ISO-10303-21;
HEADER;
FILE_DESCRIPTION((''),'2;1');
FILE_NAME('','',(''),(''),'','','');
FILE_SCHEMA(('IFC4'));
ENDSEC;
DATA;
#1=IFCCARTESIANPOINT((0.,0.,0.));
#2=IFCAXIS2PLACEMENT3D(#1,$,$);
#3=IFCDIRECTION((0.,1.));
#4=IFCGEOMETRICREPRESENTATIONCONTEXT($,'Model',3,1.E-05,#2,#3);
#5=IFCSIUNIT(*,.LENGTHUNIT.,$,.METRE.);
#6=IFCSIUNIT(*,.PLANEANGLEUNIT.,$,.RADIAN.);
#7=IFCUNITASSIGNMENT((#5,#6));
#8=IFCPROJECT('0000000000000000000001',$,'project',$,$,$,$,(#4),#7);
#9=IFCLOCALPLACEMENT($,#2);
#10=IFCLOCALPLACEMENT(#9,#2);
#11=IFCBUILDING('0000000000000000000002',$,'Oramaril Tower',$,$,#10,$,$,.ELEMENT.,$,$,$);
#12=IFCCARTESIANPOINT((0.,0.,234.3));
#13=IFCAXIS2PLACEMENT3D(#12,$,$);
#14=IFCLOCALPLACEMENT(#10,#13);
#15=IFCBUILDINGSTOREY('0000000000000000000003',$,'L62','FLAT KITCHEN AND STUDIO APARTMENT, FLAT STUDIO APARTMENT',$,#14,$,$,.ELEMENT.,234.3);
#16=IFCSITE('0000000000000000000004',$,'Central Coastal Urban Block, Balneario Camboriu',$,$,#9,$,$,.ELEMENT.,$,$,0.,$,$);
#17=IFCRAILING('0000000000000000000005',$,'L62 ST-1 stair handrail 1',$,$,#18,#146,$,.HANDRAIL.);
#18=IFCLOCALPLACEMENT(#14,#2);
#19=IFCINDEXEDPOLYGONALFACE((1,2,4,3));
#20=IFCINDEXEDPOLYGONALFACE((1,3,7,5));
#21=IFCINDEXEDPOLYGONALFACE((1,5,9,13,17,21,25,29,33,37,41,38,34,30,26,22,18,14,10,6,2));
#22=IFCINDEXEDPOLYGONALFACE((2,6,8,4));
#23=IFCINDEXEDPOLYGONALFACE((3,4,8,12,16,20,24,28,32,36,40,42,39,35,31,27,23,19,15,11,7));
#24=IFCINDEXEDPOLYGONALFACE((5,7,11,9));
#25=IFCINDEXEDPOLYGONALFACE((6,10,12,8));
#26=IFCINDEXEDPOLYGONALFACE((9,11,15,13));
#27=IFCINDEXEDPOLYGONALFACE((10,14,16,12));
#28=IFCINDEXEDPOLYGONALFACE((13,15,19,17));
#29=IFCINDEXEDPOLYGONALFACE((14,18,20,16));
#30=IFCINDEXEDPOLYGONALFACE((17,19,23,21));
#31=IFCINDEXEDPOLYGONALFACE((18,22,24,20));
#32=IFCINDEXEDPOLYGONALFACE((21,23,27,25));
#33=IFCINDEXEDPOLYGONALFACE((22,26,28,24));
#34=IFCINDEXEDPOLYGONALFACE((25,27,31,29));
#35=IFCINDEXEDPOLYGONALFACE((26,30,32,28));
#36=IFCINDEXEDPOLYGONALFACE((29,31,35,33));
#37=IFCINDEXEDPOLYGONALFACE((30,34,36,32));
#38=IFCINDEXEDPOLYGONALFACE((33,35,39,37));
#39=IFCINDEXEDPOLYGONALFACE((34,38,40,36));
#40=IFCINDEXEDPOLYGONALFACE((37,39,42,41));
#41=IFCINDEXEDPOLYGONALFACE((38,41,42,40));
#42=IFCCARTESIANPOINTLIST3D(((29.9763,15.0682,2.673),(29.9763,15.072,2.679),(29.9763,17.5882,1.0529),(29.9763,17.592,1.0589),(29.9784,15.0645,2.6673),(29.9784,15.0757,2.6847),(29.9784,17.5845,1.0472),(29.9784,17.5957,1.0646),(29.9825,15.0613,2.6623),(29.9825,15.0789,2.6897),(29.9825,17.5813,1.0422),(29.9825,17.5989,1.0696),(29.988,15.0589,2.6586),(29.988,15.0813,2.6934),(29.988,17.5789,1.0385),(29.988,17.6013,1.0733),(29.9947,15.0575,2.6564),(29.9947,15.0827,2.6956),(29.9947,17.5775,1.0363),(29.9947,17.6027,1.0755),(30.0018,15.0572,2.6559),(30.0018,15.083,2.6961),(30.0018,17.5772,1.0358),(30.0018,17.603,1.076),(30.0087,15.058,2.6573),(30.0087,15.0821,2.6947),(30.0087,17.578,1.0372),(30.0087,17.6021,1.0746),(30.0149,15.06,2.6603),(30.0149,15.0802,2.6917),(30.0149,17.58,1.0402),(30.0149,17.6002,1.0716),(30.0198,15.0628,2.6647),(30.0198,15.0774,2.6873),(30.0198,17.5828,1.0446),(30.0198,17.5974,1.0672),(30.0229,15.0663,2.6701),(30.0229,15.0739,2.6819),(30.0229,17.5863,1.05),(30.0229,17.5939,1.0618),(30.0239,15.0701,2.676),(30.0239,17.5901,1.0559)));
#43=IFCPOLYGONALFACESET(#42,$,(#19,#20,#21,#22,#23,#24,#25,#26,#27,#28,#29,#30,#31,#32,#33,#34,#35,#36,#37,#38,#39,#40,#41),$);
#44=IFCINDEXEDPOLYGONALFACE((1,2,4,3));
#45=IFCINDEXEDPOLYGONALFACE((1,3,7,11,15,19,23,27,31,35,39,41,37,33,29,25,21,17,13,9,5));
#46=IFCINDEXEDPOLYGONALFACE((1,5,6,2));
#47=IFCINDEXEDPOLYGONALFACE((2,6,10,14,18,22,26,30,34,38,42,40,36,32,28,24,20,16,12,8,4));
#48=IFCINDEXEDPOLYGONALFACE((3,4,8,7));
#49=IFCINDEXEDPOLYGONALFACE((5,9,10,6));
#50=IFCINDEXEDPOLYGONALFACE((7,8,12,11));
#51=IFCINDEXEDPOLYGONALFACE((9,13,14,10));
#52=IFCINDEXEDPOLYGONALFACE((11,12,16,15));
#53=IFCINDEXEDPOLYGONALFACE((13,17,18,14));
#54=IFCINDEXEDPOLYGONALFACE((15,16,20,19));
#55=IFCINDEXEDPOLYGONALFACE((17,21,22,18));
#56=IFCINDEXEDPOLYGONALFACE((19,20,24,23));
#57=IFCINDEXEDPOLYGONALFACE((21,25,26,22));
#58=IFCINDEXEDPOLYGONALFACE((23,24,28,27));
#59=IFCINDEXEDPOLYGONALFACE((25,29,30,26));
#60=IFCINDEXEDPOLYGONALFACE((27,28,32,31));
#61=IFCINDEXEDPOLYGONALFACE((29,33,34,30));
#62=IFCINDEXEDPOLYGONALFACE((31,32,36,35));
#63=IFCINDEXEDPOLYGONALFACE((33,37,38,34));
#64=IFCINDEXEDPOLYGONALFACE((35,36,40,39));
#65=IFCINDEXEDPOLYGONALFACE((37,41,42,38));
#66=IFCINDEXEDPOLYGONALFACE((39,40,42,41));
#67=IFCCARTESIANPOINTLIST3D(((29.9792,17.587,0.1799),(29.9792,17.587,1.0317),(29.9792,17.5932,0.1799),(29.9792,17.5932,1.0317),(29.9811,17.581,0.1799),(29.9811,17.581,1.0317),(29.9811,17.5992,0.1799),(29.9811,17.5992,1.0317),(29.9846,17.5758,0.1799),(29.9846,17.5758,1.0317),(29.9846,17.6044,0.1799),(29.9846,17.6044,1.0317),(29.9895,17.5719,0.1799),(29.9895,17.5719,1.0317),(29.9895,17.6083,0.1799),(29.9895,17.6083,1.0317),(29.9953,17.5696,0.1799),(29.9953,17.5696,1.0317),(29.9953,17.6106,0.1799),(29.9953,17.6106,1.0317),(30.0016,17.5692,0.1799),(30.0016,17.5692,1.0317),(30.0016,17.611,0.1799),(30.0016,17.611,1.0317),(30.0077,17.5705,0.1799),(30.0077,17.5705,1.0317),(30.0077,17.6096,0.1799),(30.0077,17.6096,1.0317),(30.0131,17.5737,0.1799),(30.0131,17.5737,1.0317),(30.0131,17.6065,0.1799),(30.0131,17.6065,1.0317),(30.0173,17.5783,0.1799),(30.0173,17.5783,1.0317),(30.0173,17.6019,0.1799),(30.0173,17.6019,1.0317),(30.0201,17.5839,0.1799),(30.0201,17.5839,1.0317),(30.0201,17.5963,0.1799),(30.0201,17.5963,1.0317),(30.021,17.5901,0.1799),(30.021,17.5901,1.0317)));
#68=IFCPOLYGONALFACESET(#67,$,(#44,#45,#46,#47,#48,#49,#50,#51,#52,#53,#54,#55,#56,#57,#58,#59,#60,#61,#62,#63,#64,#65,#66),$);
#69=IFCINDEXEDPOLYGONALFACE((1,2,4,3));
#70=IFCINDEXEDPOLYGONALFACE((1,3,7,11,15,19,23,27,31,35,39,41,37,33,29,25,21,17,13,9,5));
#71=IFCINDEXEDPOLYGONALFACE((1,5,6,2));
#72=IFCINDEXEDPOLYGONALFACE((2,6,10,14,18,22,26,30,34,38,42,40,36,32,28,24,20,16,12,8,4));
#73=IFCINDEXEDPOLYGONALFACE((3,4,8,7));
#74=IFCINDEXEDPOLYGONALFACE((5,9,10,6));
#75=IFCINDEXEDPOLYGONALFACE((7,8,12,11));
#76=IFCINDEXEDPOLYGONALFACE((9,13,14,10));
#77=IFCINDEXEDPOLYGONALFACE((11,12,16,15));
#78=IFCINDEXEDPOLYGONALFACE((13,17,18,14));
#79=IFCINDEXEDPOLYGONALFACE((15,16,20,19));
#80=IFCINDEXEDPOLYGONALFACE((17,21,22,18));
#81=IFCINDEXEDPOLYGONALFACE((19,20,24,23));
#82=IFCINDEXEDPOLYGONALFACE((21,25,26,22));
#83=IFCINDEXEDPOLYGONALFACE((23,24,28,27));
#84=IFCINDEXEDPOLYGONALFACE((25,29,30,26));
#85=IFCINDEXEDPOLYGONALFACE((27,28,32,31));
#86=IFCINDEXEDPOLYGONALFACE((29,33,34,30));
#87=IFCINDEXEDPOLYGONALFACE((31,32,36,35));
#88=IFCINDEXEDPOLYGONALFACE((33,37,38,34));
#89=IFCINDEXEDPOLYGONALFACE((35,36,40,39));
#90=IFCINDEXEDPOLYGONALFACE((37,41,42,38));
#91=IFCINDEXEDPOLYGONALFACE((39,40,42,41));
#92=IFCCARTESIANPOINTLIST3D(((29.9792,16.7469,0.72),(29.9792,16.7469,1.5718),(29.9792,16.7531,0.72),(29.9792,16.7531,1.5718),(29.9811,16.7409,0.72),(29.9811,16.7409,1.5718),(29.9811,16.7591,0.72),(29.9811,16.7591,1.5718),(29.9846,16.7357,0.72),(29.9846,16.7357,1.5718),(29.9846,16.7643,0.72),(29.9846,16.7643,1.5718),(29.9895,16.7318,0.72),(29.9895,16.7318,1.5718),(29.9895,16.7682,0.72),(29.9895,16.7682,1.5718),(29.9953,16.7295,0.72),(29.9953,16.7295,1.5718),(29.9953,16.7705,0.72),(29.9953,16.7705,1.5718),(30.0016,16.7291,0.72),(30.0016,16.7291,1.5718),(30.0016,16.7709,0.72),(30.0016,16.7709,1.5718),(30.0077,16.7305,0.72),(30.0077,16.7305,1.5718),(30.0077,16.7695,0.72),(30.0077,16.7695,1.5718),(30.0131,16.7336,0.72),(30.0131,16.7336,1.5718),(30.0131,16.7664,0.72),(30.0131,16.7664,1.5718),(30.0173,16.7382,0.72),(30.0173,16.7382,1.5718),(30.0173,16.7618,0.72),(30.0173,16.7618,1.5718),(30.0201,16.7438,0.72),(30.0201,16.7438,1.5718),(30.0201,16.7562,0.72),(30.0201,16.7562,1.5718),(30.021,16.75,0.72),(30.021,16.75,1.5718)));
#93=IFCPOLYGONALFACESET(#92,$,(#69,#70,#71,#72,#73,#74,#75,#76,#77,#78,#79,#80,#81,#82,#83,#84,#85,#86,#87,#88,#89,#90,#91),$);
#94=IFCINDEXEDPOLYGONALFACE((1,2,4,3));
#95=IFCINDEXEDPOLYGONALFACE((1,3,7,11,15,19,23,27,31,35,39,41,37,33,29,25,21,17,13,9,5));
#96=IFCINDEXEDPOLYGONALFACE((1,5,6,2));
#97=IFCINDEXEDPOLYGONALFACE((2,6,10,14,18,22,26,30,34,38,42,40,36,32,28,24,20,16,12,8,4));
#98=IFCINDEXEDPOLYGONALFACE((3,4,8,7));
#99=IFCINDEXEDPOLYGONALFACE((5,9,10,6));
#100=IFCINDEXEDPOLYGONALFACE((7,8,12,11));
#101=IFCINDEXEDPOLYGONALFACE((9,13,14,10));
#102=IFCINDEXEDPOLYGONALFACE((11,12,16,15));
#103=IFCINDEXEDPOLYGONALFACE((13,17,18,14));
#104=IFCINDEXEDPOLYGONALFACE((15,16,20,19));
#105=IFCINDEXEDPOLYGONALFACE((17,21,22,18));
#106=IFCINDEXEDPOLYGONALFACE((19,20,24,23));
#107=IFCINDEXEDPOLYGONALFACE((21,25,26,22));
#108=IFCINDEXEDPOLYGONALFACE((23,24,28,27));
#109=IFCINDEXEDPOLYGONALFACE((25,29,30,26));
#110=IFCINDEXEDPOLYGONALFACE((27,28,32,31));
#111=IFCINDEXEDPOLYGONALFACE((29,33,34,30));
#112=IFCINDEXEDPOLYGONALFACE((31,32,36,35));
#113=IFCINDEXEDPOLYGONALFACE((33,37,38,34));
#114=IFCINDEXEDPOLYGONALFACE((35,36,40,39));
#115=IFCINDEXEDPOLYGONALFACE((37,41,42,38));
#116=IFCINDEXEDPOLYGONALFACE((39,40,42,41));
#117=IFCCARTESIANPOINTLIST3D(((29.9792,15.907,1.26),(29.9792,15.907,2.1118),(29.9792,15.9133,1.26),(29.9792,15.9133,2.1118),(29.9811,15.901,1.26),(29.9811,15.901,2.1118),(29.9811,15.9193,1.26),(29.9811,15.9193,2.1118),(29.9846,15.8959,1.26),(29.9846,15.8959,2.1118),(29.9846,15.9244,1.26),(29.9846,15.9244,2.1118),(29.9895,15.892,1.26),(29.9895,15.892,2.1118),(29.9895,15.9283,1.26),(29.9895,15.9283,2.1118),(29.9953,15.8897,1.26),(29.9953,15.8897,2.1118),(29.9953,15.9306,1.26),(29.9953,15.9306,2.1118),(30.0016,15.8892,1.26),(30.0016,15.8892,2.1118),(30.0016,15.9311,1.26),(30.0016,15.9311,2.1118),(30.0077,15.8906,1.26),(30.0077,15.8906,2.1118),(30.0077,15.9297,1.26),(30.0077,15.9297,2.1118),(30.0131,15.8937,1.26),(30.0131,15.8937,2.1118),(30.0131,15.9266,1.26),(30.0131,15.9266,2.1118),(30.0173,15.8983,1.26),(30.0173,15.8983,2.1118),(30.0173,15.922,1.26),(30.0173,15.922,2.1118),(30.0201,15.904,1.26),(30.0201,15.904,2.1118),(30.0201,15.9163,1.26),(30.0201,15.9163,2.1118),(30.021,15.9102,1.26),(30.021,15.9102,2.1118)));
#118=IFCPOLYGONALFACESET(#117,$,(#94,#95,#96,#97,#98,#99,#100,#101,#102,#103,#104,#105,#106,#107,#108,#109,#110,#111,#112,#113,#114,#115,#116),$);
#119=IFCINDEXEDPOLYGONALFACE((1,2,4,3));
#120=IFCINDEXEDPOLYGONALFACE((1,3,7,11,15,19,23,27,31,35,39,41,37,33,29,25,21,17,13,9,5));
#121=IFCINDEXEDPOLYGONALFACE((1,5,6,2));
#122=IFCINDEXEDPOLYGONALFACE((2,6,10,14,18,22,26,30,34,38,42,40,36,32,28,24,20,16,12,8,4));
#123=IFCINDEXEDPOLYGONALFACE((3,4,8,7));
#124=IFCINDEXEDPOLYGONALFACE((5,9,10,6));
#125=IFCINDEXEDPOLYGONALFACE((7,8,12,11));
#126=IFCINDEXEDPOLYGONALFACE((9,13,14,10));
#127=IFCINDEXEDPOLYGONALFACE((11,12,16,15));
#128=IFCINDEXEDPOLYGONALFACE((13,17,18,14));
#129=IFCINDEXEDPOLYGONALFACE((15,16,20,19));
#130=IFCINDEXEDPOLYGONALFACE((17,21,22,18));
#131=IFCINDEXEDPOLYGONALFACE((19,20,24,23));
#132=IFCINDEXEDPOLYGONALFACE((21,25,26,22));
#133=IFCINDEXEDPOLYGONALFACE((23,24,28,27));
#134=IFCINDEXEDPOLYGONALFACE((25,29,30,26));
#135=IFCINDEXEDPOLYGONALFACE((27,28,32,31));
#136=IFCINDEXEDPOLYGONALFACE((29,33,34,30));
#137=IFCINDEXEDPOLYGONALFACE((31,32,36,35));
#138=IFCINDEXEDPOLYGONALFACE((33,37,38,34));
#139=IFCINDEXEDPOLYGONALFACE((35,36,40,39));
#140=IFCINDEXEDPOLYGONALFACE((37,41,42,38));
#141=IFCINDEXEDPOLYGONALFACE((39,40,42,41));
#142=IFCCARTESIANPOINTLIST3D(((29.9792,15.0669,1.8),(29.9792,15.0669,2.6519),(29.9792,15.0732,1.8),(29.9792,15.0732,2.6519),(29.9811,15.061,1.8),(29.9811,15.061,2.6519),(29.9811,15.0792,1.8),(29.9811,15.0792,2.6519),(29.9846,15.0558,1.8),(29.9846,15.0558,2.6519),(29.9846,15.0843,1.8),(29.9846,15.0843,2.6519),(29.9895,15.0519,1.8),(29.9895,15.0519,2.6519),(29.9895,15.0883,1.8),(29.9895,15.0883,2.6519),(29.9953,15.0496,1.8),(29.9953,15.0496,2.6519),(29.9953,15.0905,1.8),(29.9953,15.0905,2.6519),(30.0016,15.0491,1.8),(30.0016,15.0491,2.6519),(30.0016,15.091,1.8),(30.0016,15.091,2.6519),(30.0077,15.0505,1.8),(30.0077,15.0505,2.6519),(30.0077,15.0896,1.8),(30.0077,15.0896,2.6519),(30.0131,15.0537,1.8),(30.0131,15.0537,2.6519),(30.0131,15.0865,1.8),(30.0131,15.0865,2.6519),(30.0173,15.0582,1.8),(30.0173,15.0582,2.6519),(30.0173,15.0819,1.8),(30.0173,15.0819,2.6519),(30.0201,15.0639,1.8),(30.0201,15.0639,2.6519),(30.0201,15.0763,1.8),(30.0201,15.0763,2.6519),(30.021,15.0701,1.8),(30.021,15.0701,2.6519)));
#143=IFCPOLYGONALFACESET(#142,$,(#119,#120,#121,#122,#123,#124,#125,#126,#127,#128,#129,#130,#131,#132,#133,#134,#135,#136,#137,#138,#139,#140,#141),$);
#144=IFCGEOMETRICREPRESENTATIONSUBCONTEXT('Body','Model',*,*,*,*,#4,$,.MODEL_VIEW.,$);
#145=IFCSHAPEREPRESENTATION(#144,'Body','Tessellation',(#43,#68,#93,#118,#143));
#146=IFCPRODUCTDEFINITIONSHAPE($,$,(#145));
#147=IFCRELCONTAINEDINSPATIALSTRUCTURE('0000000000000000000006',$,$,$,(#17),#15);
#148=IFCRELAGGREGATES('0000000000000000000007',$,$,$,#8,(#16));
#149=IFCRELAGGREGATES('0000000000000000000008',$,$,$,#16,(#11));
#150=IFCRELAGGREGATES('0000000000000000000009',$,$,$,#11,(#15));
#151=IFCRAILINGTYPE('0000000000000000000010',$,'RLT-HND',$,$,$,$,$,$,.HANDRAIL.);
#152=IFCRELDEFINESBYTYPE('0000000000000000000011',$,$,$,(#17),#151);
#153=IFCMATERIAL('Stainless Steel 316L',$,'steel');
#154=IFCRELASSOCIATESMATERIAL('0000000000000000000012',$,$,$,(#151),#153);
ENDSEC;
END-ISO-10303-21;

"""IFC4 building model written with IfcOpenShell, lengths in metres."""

from ifc_helpers import new_model, si_unit, direction, frame, origin, origin_2d, place, context, subcontext, project, spatial, circle, extrude, material, type_object, element, save


model = new_model("IFC4")

# Units and contexts
model_context = context("Model", 3, precision=1e-05, world=origin(), true_north=direction((0.0, 1.0)))
body_context = subcontext(model_context, "Body", "Model", "MODEL_VIEW")
ifc_project = project(units=[si_unit("LENGTHUNIT", "METRE"), si_unit("PLANEANGLEUNIT", "RADIAN")], contexts=[model_context])

# Site, building, storey
site_placement = place(None, origin())
site = spatial("IfcSite", under=ifc_project, at=site_placement, Name="Central Coastal Urban Block, Balneario Camboriu", CompositionType="ELEMENT", RefElevation=0.0)
building_placement = place(site_placement, origin())
building = spatial("IfcBuilding", under=site, at=building_placement, Name="Oramaril Tower", CompositionType="ELEMENT")
storey_placement = place(building_placement, frame((0.0, 0.0, 234.3)))
storey = spatial("IfcBuildingStorey", under=building, at=storey_placement, Name="L62", Description="FLAT KITCHEN AND STUDIO APARTMENT, FLAT STUDIO APARTMENT", CompositionType="ELEMENT", Elevation=234.3)

# Railing
ifc_material_1 = material(Name="Stainless Steel 316L", Category="steel")
railing_type_1 = type_object("IfcRailingType", Name="RLT-HND", PredefinedType="HANDRAIL", material=ifc_material_1)
railing_1_placement = place(storey_placement, frame((30.0, 17.5901, 0.1799)))
element("IfcRailing", 1, at=railing_1_placement, inside=storey, type_object=railing_type_1, Name="L62 ST-1 stair handrail 1", PredefinedType="HANDRAIL", context=body_context, shape_type="SweptSolid", body=[
    extrude(circle(Radius=0.0239, at=origin_2d()), frame((0.0, 0.0, 0.876), z_axis=(0.0, -0.841163, 0.540782), x_axis=(1.0, 0.0, 0.0)), (0.0, 0.0, 1.0), 2.9958),
    extrude(circle(Radius=0.021, at=origin_2d()), origin(), (0.0, 0.0, 1.0), 0.8518),
    extrude(circle(Radius=0.021, at=origin_2d()), frame((0.0, -0.8401, 0.54)), (0.0, 0.0, 1.0), 0.8518),
    extrude(circle(Radius=0.021, at=origin_2d()), frame((0.0, -1.6799, 1.0801)), (0.0, 0.0, 1.0), 0.8518),
    extrude(circle(Radius=0.021, at=origin_2d()), frame((0.0, -2.52, 1.6201)), (0.0, 0.0, 1.0), 0.8518),
])

save(model, "model.ifc")
